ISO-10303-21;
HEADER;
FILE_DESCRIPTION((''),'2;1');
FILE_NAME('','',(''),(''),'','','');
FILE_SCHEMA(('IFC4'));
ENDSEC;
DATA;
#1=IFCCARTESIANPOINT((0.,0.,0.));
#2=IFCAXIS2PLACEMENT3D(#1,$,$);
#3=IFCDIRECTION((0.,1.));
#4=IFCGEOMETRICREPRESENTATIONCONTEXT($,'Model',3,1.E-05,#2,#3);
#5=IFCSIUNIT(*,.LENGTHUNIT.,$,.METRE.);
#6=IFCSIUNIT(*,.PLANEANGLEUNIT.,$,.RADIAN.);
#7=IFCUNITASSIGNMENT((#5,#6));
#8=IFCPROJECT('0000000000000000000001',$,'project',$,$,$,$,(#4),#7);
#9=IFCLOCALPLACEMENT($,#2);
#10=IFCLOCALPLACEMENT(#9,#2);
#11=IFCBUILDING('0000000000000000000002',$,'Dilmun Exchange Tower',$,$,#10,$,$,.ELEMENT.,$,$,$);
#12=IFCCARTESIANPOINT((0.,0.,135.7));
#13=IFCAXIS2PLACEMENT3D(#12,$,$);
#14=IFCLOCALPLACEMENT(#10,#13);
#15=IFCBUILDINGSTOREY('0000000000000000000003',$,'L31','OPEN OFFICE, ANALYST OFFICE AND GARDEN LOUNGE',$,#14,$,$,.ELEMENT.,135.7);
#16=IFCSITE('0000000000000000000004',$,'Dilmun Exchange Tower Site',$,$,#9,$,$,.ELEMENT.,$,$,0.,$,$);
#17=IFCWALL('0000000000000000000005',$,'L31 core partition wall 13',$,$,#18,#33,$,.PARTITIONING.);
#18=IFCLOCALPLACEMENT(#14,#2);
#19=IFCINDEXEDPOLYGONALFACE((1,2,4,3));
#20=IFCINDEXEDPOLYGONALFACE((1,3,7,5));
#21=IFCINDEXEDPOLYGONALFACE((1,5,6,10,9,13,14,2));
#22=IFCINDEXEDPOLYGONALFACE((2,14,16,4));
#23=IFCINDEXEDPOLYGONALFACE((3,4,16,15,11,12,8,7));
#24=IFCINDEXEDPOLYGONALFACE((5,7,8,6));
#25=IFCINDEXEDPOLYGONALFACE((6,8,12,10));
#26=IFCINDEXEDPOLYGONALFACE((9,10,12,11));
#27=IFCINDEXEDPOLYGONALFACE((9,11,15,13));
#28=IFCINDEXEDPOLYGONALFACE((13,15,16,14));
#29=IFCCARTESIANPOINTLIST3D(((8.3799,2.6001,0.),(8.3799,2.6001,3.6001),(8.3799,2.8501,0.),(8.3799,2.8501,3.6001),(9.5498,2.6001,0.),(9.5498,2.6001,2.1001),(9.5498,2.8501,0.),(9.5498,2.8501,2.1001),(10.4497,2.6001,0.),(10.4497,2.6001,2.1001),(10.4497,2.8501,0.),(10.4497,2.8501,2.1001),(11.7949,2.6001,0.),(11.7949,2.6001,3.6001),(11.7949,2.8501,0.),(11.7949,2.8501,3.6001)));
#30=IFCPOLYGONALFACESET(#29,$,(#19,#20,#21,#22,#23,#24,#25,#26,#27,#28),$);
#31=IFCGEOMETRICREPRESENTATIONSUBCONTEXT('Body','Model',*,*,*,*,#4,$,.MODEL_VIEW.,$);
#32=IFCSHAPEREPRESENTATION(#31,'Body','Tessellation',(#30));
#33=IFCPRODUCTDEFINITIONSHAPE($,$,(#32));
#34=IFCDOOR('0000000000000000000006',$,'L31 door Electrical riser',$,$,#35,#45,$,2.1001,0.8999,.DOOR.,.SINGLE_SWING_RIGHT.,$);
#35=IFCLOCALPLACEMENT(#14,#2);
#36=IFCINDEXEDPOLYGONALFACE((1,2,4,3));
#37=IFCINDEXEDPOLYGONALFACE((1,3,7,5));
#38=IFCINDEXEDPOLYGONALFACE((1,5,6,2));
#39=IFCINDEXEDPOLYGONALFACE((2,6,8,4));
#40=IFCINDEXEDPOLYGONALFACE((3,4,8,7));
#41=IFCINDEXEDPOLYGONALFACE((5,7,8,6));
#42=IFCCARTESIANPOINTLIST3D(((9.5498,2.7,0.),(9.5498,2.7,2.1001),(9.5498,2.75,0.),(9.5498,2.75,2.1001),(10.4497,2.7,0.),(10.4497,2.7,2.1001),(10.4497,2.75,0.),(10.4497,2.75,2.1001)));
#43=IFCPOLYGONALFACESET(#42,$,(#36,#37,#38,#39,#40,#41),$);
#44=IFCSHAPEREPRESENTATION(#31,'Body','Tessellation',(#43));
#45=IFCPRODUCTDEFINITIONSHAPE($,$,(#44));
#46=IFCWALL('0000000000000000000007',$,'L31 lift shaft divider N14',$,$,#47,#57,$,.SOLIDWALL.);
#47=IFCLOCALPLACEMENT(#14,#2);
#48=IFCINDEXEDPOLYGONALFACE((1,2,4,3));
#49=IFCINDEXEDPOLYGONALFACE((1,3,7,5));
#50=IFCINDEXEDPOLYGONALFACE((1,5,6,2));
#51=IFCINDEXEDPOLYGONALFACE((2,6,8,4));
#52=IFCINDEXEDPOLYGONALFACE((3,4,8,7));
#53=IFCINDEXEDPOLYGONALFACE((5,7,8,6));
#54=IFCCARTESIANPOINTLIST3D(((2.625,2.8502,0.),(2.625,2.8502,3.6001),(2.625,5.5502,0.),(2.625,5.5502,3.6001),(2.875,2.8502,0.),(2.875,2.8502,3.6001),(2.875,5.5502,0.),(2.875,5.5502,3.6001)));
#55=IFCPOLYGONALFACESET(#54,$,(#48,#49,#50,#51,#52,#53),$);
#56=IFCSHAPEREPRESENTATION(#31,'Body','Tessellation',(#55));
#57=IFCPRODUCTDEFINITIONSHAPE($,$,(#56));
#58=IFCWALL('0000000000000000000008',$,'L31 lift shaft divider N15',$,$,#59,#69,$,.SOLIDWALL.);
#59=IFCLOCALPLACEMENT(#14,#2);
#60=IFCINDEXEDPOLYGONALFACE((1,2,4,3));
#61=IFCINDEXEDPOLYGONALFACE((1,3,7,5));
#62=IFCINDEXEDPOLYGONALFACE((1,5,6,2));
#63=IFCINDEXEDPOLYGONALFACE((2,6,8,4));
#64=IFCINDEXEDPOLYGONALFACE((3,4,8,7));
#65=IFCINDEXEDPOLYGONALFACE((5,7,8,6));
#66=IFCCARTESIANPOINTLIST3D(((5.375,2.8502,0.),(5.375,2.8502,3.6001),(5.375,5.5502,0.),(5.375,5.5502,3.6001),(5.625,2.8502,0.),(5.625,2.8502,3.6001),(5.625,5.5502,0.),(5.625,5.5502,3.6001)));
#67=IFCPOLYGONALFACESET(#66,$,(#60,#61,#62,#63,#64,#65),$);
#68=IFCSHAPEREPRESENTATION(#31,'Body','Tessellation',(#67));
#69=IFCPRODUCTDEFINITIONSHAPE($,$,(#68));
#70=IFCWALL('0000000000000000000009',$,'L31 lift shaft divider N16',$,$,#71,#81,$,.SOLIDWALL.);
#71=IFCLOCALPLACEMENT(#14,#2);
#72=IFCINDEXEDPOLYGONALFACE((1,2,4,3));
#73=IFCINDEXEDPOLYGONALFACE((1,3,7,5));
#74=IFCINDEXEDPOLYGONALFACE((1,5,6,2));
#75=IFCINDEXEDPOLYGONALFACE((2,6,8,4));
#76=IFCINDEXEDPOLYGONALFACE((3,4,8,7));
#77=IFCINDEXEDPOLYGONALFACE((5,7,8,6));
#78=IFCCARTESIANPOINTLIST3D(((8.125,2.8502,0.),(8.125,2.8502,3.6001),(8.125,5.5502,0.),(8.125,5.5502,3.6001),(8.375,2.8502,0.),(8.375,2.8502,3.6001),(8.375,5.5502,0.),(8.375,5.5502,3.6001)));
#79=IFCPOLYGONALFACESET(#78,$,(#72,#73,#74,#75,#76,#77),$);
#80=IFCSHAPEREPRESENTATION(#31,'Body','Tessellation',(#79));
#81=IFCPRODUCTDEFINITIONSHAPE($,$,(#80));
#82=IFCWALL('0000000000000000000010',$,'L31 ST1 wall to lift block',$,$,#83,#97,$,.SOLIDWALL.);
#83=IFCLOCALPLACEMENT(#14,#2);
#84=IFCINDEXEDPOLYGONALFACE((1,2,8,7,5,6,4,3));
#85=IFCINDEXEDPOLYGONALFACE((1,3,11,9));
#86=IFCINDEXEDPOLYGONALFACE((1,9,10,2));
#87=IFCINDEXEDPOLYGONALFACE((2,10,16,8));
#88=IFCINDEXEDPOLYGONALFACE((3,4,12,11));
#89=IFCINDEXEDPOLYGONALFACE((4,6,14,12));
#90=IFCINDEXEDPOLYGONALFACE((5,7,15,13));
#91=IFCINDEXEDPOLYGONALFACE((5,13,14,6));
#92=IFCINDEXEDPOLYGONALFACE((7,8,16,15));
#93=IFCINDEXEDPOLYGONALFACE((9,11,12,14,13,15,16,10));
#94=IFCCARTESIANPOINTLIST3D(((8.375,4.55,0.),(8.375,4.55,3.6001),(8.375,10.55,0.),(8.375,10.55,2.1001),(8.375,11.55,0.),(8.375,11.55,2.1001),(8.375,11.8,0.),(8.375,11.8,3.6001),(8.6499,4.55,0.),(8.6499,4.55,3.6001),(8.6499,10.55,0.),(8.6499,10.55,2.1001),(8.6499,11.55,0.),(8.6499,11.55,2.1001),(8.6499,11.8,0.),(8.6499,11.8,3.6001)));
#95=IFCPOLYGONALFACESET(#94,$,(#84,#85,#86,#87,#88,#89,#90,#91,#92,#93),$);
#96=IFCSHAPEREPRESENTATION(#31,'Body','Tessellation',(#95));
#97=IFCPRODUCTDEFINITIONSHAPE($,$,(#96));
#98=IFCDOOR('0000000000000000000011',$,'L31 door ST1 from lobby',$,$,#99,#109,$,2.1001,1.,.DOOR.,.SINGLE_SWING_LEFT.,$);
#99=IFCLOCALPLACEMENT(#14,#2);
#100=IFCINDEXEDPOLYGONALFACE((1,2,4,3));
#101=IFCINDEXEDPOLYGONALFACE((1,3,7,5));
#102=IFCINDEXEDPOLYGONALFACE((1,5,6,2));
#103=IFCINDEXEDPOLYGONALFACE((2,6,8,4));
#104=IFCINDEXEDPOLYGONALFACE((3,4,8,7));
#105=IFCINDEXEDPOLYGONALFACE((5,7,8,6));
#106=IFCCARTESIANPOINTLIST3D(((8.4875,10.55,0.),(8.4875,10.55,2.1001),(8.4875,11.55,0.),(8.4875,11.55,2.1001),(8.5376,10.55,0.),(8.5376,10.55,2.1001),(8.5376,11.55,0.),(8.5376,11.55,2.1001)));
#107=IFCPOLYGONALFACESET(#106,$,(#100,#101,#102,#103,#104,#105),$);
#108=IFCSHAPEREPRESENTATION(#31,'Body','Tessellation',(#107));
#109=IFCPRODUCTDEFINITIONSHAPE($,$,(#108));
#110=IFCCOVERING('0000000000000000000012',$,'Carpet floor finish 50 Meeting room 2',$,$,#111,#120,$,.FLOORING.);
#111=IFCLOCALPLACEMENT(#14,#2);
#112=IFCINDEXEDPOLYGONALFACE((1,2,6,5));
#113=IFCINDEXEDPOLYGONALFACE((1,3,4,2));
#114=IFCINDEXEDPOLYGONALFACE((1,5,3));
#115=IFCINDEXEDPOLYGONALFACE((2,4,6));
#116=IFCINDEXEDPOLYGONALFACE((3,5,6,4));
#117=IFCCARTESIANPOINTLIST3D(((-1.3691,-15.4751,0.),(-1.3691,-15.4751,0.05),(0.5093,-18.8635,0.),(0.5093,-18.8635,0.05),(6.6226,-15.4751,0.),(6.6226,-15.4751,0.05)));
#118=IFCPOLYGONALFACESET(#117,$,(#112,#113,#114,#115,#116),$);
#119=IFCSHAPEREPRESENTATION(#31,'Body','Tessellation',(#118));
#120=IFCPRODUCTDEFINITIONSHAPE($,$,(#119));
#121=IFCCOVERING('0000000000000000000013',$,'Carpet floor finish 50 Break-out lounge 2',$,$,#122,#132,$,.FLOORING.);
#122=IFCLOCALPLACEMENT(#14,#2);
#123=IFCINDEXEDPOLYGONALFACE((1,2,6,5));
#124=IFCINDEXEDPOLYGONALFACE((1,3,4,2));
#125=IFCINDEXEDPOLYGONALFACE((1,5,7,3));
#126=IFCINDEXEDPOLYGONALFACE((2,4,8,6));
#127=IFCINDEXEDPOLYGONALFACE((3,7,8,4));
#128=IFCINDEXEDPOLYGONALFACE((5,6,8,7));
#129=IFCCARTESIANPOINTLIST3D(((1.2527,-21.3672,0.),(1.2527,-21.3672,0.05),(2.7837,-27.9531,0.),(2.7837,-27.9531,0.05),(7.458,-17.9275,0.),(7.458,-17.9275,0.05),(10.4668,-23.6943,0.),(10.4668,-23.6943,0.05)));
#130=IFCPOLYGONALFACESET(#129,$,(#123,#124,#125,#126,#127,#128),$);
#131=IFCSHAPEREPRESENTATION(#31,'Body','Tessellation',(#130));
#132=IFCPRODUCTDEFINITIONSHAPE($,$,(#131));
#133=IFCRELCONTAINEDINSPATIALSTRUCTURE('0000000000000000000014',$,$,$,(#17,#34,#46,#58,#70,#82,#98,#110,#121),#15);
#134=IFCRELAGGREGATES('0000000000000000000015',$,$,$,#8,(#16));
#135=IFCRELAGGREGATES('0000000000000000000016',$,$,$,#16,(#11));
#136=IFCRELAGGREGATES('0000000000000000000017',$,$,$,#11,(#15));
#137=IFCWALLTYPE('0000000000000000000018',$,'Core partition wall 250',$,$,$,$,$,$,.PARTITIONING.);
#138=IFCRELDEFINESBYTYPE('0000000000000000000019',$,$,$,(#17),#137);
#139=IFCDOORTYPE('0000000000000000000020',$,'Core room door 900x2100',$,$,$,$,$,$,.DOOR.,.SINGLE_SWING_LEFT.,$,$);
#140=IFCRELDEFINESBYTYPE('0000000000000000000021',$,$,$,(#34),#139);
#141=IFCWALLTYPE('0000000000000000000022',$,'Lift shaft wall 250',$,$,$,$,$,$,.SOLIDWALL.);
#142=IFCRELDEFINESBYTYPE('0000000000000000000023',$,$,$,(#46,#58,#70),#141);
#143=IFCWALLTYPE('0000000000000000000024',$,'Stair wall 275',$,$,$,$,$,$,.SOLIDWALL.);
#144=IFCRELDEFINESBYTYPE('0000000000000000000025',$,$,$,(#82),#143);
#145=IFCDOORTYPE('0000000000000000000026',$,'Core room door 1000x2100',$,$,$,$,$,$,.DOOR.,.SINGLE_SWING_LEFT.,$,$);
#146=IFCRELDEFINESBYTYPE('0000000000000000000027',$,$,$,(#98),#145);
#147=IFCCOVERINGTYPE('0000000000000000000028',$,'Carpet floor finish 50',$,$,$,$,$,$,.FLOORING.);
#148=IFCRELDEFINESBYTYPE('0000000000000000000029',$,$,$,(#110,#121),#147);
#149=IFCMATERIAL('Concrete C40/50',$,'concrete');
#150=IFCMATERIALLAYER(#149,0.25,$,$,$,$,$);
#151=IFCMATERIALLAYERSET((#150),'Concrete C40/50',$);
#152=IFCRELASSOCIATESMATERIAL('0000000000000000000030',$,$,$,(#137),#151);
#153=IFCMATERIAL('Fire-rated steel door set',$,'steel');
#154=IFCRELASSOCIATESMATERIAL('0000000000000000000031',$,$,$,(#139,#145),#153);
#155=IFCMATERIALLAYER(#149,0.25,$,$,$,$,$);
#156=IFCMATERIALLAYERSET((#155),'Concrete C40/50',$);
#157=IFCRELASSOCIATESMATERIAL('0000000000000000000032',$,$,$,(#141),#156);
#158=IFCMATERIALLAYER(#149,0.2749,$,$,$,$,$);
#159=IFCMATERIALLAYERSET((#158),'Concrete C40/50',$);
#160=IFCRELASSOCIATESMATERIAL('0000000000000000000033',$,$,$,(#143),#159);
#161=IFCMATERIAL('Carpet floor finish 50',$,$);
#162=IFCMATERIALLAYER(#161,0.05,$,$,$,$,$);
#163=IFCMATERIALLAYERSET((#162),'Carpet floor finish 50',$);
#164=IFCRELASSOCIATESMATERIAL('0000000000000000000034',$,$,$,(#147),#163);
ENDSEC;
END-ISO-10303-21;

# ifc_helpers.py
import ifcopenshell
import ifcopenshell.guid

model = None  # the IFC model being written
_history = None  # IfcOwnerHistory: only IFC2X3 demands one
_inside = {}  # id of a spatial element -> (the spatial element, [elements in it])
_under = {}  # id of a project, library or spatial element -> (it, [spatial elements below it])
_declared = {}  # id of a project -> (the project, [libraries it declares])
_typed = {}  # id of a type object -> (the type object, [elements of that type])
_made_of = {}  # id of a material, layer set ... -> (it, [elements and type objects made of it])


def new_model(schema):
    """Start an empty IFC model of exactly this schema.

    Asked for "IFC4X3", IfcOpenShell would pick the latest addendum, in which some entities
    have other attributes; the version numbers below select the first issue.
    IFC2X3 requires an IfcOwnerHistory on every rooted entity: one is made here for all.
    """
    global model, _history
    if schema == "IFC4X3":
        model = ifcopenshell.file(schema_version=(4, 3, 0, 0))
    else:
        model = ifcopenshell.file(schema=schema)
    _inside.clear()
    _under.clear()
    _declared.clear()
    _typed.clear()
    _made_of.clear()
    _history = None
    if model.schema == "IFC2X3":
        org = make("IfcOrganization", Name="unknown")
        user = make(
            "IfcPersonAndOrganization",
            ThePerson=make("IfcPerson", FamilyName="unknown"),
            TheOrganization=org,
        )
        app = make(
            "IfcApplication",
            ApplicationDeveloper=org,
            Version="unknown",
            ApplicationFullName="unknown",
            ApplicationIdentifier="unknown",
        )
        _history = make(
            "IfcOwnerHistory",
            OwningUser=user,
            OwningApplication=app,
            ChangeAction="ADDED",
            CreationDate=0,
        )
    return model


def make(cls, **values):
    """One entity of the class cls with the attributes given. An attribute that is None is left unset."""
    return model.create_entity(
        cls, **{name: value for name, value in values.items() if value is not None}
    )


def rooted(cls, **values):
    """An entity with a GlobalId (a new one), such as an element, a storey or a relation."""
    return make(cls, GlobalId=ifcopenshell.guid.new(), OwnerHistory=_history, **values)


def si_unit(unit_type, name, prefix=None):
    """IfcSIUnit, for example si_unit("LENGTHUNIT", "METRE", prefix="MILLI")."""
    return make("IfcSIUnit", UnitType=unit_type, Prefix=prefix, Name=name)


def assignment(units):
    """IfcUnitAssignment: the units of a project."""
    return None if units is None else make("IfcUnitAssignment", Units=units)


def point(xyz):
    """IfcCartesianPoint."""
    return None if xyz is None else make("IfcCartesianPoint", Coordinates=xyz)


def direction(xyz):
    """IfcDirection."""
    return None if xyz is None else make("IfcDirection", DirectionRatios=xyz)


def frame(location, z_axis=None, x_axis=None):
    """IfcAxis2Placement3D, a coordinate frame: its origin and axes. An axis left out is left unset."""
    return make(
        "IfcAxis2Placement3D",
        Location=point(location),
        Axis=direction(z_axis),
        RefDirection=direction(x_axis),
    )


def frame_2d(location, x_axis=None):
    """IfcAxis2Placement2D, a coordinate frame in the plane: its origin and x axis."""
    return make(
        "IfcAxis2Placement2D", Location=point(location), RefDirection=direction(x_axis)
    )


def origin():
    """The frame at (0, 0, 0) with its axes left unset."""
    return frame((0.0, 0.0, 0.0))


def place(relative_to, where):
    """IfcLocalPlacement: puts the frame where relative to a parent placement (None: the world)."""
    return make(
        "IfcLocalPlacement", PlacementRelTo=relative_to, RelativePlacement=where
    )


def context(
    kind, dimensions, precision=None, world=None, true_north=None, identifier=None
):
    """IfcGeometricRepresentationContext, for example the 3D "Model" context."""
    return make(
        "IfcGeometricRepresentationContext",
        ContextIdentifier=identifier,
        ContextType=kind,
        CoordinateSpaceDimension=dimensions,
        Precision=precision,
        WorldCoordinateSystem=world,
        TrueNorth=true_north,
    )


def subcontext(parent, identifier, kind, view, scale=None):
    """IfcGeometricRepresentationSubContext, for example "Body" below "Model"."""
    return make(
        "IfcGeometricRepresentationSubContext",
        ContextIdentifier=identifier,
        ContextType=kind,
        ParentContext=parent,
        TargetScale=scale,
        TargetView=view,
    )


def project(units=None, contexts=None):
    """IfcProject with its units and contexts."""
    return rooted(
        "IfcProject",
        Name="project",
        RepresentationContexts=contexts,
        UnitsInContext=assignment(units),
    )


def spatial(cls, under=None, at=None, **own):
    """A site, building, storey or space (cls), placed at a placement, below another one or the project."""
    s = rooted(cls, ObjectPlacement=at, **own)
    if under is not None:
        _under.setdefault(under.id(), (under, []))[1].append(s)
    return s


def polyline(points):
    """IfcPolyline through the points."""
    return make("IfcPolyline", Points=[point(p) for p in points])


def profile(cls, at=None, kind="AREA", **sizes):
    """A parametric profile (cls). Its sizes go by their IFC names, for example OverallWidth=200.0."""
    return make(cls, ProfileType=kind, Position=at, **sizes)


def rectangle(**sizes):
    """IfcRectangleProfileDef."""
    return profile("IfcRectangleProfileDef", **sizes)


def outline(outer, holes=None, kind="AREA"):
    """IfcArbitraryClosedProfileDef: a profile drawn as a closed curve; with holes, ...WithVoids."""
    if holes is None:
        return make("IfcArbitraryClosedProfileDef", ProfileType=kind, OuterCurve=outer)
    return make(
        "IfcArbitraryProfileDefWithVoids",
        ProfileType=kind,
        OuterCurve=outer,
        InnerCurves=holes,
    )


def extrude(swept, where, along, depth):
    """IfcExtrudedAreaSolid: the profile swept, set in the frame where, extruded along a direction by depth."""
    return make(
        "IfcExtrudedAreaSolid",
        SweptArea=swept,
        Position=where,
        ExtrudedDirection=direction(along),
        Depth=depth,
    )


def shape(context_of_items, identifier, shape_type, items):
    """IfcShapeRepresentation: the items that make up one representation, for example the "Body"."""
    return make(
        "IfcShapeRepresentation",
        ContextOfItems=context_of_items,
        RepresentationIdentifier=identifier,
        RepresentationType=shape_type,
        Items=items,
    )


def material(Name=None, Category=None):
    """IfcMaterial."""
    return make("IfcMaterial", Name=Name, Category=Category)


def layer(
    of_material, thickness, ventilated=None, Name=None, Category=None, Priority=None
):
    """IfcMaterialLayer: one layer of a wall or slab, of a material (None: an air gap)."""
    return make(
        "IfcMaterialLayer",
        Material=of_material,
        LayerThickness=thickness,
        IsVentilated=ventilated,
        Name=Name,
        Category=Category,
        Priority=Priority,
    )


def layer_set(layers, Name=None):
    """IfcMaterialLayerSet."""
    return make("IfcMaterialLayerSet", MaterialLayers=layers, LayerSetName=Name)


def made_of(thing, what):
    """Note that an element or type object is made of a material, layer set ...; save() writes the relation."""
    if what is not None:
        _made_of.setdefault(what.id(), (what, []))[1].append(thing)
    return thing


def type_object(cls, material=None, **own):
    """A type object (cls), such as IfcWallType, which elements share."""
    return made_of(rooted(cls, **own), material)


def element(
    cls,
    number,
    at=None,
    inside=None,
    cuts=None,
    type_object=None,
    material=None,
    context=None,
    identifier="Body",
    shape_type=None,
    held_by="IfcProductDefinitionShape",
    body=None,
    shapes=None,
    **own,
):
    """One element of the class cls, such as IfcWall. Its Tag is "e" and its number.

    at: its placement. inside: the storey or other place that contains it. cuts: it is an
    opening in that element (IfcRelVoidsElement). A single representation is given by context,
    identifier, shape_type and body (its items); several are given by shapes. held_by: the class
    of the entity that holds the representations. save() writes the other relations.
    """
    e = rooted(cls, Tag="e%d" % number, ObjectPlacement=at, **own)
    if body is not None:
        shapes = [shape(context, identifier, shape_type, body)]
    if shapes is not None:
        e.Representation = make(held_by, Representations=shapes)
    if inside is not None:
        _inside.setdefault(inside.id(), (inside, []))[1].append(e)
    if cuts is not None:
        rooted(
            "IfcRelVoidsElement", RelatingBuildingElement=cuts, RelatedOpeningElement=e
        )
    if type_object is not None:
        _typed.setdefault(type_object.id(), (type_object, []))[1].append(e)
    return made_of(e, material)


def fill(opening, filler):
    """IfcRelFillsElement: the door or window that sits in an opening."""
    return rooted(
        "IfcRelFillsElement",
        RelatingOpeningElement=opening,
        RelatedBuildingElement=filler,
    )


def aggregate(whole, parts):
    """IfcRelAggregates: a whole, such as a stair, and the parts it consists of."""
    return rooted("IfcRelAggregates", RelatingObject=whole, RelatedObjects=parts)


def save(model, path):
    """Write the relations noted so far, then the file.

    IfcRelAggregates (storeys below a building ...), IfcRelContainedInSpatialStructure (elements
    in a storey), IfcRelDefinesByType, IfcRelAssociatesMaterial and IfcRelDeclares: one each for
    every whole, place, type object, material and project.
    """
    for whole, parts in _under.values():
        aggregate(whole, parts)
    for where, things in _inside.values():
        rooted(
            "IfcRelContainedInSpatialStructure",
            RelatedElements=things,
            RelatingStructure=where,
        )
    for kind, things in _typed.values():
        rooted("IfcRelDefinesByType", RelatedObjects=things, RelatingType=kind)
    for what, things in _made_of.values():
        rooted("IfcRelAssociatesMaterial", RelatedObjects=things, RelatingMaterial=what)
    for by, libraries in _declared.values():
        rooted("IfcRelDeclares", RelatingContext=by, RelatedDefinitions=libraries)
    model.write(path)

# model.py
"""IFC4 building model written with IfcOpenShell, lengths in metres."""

from ifc_helpers import new_model, si_unit, direction, frame, frame_2d, origin, place, context, subcontext, project, spatial, polyline, rectangle, outline, extrude, material, layer, layer_set, type_object, element, fill, save


model = new_model("IFC4")

# Units and contexts
model_context = context("Model", 3, precision=1e-05, world=origin(), true_north=direction((0.0, 1.0)))
body_context = subcontext(model_context, "Body", "Model", "MODEL_VIEW")
ifc_project = project(units=[si_unit("LENGTHUNIT", "METRE"), si_unit("PLANEANGLEUNIT", "RADIAN")], contexts=[model_context])

# Site, building, storey
site_placement = place(None, origin())
site = spatial("IfcSite", under=ifc_project, at=site_placement, Name="Dilmun Exchange Tower Site", CompositionType="ELEMENT", RefElevation=0.0)
building_placement = place(site_placement, origin())
building = spatial("IfcBuilding", under=site, at=building_placement, Name="Dilmun Exchange Tower", CompositionType="ELEMENT")
storey_placement = place(building_placement, frame((0.0, 0.0, 135.7)))
storey = spatial("IfcBuildingStorey", under=building, at=storey_placement, Name="L31", Description="OPEN OFFICE, ANALYST OFFICE AND GARDEN LOUNGE", CompositionType="ELEMENT", Elevation=135.7)

# Wall, opening, door
ifc_material_1 = material(Name="Concrete C40/50", Category="concrete")
ifc_material_2 = material(Name="Fire-rated steel door set", Category="steel")
ifc_layer_1 = layer(ifc_material_1, 0.25)
ifc_layer_set_1 = layer_set([ifc_layer_1], Name="Concrete C40/50")
wall_type_1 = type_object("IfcWallType", Name="Core partition wall 250", PredefinedType="PARTITIONING", material=ifc_layer_set_1)
wall_1_placement = place(storey_placement, frame((8.3799, 2.7251, 0.0), z_axis=(0.0, 0.0, 1.0), x_axis=(1.0, 0.0, 0.0)))
wall_1 = element("IfcWall", 1, at=wall_1_placement, inside=storey, type_object=wall_type_1, Name="L31 core partition wall 13", PredefinedType="PARTITIONING", context=body_context, shape_type="SweptSolid", body=[
    extrude(rectangle(XDim=3.415, YDim=0.25, at=frame_2d((1.7075, 0.0))), origin(), (0.0, 0.0, 1.0), 3.6001),
])
opening_1_placement = place(wall_1_placement, frame((1.1699, 0.0, 0.0)))
opening_1 = element("IfcOpeningElement", 2, at=opening_1_placement, cuts=wall_1, PredefinedType="OPENING", context=body_context, shape_type="SweptSolid", body=[
    extrude(rectangle(XDim=0.8999, YDim=2.1001, at=frame_2d((0.45, 1.05))), frame((0.0, 0.135, 0.0), z_axis=(0.0, -1.0, 0.0), x_axis=(1.0, 0.0, 0.0)), (0.0, 0.0, 1.0), 0.27),
])
door_type_1 = type_object("IfcDoorType", Name="Core room door 900x2100", OperationType="SINGLE_SWING_LEFT", PredefinedType="DOOR", material=ifc_material_2)
door_1_placement = place(opening_1_placement, origin())
door_1 = element("IfcDoor", 3, at=door_1_placement, inside=storey, type_object=door_type_1, Name="L31 door Electrical riser", OperationType="SINGLE_SWING_RIGHT", OverallHeight=2.1001, OverallWidth=0.8999, PredefinedType="DOOR", context=body_context, shape_type="SweptSolid", body=[
    extrude(rectangle(XDim=0.8999, YDim=2.1001, at=frame_2d((0.45, 1.05))), frame((0.0, 0.0249, 0.0), z_axis=(0.0, -1.0, 0.0), x_axis=(1.0, 0.0, 0.0)), (0.0, 0.0, 1.0), 0.05),
])
fill(opening_1, door_1)

# Walls
ifc_layer_2 = layer(ifc_material_1, 0.25)
ifc_layer_set_2 = layer_set([ifc_layer_2], Name="Concrete C40/50")
wall_type_2 = type_object("IfcWallType", Name="Lift shaft wall 250", PredefinedType="SOLIDWALL", material=ifc_layer_set_2)
for number, where, z_axis, x_axis, name in (
    (4, (2.75, 2.8501, 0.0), (0.0, 0.0, 1.0), (0.0, 1.0, 0.0), "L31 lift shaft divider N14"),
    (5, (5.5, 2.8501, 0.0), (0.0, 0.0, 1.0), (0.0, 1.0, 0.0), "L31 lift shaft divider N15"),
    (6, (8.25, 2.8501, 0.0), (0.0, 0.0, 1.0), (0.0, 1.0, 0.0), "L31 lift shaft divider N16"),
):
    element("IfcWall", number, at=place(storey_placement, frame(where, z_axis=z_axis, x_axis=x_axis)), inside=storey, type_object=wall_type_2, Name=name, PredefinedType="SOLIDWALL", context=body_context, shape_type="SweptSolid", body=[
        extrude(rectangle(XDim=2.7, YDim=0.25, at=frame_2d((1.3501, 0.0))), origin(), (0.0, 0.0, 1.0), 3.6001),
    ])

# Wall, opening, door
ifc_layer_3 = layer(ifc_material_1, 0.2749)
ifc_layer_set_3 = layer_set([ifc_layer_3], Name="Concrete C40/50")
wall_type_3 = type_object("IfcWallType", Name="Stair wall 275", PredefinedType="SOLIDWALL", material=ifc_layer_set_3)
wall_2_placement = place(storey_placement, frame((8.5125, 4.55, 0.0), z_axis=(0.0, 0.0, 1.0), x_axis=(0.0, 1.0, 0.0)))
wall_2 = element("IfcWall", 7, at=wall_2_placement, inside=storey, type_object=wall_type_3, Name="L31 ST1 wall to lift block", PredefinedType="SOLIDWALL", context=body_context, shape_type="SweptSolid", body=[
    extrude(rectangle(XDim=7.25, YDim=0.2749, at=frame_2d((3.625, 0.0))), origin(), (0.0, 0.0, 1.0), 3.6001),
])
opening_2_placement = place(wall_2_placement, frame((6.0, 0.0, 0.0)))
opening_2 = element("IfcOpeningElement", 8, at=opening_2_placement, cuts=wall_2, PredefinedType="OPENING", context=body_context, shape_type="SweptSolid", body=[
    extrude(rectangle(XDim=1.0, YDim=2.1001, at=frame_2d((0.5, 1.05))), frame((0.0, 0.1475, 0.0), z_axis=(0.0, -1.0, 0.0), x_axis=(1.0, 0.0, 0.0)), (0.0, 0.0, 1.0), 0.2949),
])
door_type_2 = type_object("IfcDoorType", Name="Core room door 1000x2100", OperationType="SINGLE_SWING_LEFT", PredefinedType="DOOR", material=ifc_material_2)
door_2_placement = place(opening_2_placement, origin())
door_2 = element("IfcDoor", 9, at=door_2_placement, inside=storey, type_object=door_type_2, Name="L31 door ST1 from lobby", OperationType="SINGLE_SWING_LEFT", OverallHeight=2.1001, OverallWidth=1.0, PredefinedType="DOOR", context=body_context, shape_type="SweptSolid", body=[
    extrude(rectangle(XDim=1.0, YDim=2.1001, at=frame_2d((0.5, 1.05))), frame((0.0, 0.0249, 0.0), z_axis=(0.0, -1.0, 0.0), x_axis=(1.0, 0.0, 0.0)), (0.0, 0.0, 1.0), 0.05),
])
fill(opening_2, door_2)

# Coverings
ifc_material_3 = material(Name="Carpet floor finish 50")
ifc_layer_4 = layer(ifc_material_3, 0.05)
ifc_layer_set_4 = layer_set([ifc_layer_4], Name="Carpet floor finish 50")
covering_type_1 = type_object("IfcCoveringType", Name="Carpet floor finish 50", PredefinedType="FLOORING", material=ifc_layer_set_4)
covering_1_placement = place(storey_placement, origin())
element("IfcCovering", 10, at=covering_1_placement, inside=storey, type_object=covering_type_1, Name="Carpet floor finish 50 Meeting room 2", PredefinedType="FLOORING", context=body_context, shape_type="SweptSolid", body=[
    extrude(outline(polyline([(-1.3691, -15.4751), (6.6226, -15.4751), (0.5093, -18.8635), (-1.3691, -15.4751)])), origin(), (0.0, 0.0, 1.0), 0.05),
])
covering_2_placement = place(storey_placement, origin())
element("IfcCovering", 11, at=covering_2_placement, inside=storey, type_object=covering_type_1, Name="Carpet floor finish 50 Break-out lounge 2", PredefinedType="FLOORING", context=body_context, shape_type="SweptSolid", body=[
    extrude(outline(polyline([(7.458, -17.9275), (10.4668, -23.6943), (2.7837, -27.9531), (1.2527, -21.3672), (7.458, -17.9275)])), origin(), (0.0, 0.0, 1.0), 0.05),
])

save(model, "model.ifc")
